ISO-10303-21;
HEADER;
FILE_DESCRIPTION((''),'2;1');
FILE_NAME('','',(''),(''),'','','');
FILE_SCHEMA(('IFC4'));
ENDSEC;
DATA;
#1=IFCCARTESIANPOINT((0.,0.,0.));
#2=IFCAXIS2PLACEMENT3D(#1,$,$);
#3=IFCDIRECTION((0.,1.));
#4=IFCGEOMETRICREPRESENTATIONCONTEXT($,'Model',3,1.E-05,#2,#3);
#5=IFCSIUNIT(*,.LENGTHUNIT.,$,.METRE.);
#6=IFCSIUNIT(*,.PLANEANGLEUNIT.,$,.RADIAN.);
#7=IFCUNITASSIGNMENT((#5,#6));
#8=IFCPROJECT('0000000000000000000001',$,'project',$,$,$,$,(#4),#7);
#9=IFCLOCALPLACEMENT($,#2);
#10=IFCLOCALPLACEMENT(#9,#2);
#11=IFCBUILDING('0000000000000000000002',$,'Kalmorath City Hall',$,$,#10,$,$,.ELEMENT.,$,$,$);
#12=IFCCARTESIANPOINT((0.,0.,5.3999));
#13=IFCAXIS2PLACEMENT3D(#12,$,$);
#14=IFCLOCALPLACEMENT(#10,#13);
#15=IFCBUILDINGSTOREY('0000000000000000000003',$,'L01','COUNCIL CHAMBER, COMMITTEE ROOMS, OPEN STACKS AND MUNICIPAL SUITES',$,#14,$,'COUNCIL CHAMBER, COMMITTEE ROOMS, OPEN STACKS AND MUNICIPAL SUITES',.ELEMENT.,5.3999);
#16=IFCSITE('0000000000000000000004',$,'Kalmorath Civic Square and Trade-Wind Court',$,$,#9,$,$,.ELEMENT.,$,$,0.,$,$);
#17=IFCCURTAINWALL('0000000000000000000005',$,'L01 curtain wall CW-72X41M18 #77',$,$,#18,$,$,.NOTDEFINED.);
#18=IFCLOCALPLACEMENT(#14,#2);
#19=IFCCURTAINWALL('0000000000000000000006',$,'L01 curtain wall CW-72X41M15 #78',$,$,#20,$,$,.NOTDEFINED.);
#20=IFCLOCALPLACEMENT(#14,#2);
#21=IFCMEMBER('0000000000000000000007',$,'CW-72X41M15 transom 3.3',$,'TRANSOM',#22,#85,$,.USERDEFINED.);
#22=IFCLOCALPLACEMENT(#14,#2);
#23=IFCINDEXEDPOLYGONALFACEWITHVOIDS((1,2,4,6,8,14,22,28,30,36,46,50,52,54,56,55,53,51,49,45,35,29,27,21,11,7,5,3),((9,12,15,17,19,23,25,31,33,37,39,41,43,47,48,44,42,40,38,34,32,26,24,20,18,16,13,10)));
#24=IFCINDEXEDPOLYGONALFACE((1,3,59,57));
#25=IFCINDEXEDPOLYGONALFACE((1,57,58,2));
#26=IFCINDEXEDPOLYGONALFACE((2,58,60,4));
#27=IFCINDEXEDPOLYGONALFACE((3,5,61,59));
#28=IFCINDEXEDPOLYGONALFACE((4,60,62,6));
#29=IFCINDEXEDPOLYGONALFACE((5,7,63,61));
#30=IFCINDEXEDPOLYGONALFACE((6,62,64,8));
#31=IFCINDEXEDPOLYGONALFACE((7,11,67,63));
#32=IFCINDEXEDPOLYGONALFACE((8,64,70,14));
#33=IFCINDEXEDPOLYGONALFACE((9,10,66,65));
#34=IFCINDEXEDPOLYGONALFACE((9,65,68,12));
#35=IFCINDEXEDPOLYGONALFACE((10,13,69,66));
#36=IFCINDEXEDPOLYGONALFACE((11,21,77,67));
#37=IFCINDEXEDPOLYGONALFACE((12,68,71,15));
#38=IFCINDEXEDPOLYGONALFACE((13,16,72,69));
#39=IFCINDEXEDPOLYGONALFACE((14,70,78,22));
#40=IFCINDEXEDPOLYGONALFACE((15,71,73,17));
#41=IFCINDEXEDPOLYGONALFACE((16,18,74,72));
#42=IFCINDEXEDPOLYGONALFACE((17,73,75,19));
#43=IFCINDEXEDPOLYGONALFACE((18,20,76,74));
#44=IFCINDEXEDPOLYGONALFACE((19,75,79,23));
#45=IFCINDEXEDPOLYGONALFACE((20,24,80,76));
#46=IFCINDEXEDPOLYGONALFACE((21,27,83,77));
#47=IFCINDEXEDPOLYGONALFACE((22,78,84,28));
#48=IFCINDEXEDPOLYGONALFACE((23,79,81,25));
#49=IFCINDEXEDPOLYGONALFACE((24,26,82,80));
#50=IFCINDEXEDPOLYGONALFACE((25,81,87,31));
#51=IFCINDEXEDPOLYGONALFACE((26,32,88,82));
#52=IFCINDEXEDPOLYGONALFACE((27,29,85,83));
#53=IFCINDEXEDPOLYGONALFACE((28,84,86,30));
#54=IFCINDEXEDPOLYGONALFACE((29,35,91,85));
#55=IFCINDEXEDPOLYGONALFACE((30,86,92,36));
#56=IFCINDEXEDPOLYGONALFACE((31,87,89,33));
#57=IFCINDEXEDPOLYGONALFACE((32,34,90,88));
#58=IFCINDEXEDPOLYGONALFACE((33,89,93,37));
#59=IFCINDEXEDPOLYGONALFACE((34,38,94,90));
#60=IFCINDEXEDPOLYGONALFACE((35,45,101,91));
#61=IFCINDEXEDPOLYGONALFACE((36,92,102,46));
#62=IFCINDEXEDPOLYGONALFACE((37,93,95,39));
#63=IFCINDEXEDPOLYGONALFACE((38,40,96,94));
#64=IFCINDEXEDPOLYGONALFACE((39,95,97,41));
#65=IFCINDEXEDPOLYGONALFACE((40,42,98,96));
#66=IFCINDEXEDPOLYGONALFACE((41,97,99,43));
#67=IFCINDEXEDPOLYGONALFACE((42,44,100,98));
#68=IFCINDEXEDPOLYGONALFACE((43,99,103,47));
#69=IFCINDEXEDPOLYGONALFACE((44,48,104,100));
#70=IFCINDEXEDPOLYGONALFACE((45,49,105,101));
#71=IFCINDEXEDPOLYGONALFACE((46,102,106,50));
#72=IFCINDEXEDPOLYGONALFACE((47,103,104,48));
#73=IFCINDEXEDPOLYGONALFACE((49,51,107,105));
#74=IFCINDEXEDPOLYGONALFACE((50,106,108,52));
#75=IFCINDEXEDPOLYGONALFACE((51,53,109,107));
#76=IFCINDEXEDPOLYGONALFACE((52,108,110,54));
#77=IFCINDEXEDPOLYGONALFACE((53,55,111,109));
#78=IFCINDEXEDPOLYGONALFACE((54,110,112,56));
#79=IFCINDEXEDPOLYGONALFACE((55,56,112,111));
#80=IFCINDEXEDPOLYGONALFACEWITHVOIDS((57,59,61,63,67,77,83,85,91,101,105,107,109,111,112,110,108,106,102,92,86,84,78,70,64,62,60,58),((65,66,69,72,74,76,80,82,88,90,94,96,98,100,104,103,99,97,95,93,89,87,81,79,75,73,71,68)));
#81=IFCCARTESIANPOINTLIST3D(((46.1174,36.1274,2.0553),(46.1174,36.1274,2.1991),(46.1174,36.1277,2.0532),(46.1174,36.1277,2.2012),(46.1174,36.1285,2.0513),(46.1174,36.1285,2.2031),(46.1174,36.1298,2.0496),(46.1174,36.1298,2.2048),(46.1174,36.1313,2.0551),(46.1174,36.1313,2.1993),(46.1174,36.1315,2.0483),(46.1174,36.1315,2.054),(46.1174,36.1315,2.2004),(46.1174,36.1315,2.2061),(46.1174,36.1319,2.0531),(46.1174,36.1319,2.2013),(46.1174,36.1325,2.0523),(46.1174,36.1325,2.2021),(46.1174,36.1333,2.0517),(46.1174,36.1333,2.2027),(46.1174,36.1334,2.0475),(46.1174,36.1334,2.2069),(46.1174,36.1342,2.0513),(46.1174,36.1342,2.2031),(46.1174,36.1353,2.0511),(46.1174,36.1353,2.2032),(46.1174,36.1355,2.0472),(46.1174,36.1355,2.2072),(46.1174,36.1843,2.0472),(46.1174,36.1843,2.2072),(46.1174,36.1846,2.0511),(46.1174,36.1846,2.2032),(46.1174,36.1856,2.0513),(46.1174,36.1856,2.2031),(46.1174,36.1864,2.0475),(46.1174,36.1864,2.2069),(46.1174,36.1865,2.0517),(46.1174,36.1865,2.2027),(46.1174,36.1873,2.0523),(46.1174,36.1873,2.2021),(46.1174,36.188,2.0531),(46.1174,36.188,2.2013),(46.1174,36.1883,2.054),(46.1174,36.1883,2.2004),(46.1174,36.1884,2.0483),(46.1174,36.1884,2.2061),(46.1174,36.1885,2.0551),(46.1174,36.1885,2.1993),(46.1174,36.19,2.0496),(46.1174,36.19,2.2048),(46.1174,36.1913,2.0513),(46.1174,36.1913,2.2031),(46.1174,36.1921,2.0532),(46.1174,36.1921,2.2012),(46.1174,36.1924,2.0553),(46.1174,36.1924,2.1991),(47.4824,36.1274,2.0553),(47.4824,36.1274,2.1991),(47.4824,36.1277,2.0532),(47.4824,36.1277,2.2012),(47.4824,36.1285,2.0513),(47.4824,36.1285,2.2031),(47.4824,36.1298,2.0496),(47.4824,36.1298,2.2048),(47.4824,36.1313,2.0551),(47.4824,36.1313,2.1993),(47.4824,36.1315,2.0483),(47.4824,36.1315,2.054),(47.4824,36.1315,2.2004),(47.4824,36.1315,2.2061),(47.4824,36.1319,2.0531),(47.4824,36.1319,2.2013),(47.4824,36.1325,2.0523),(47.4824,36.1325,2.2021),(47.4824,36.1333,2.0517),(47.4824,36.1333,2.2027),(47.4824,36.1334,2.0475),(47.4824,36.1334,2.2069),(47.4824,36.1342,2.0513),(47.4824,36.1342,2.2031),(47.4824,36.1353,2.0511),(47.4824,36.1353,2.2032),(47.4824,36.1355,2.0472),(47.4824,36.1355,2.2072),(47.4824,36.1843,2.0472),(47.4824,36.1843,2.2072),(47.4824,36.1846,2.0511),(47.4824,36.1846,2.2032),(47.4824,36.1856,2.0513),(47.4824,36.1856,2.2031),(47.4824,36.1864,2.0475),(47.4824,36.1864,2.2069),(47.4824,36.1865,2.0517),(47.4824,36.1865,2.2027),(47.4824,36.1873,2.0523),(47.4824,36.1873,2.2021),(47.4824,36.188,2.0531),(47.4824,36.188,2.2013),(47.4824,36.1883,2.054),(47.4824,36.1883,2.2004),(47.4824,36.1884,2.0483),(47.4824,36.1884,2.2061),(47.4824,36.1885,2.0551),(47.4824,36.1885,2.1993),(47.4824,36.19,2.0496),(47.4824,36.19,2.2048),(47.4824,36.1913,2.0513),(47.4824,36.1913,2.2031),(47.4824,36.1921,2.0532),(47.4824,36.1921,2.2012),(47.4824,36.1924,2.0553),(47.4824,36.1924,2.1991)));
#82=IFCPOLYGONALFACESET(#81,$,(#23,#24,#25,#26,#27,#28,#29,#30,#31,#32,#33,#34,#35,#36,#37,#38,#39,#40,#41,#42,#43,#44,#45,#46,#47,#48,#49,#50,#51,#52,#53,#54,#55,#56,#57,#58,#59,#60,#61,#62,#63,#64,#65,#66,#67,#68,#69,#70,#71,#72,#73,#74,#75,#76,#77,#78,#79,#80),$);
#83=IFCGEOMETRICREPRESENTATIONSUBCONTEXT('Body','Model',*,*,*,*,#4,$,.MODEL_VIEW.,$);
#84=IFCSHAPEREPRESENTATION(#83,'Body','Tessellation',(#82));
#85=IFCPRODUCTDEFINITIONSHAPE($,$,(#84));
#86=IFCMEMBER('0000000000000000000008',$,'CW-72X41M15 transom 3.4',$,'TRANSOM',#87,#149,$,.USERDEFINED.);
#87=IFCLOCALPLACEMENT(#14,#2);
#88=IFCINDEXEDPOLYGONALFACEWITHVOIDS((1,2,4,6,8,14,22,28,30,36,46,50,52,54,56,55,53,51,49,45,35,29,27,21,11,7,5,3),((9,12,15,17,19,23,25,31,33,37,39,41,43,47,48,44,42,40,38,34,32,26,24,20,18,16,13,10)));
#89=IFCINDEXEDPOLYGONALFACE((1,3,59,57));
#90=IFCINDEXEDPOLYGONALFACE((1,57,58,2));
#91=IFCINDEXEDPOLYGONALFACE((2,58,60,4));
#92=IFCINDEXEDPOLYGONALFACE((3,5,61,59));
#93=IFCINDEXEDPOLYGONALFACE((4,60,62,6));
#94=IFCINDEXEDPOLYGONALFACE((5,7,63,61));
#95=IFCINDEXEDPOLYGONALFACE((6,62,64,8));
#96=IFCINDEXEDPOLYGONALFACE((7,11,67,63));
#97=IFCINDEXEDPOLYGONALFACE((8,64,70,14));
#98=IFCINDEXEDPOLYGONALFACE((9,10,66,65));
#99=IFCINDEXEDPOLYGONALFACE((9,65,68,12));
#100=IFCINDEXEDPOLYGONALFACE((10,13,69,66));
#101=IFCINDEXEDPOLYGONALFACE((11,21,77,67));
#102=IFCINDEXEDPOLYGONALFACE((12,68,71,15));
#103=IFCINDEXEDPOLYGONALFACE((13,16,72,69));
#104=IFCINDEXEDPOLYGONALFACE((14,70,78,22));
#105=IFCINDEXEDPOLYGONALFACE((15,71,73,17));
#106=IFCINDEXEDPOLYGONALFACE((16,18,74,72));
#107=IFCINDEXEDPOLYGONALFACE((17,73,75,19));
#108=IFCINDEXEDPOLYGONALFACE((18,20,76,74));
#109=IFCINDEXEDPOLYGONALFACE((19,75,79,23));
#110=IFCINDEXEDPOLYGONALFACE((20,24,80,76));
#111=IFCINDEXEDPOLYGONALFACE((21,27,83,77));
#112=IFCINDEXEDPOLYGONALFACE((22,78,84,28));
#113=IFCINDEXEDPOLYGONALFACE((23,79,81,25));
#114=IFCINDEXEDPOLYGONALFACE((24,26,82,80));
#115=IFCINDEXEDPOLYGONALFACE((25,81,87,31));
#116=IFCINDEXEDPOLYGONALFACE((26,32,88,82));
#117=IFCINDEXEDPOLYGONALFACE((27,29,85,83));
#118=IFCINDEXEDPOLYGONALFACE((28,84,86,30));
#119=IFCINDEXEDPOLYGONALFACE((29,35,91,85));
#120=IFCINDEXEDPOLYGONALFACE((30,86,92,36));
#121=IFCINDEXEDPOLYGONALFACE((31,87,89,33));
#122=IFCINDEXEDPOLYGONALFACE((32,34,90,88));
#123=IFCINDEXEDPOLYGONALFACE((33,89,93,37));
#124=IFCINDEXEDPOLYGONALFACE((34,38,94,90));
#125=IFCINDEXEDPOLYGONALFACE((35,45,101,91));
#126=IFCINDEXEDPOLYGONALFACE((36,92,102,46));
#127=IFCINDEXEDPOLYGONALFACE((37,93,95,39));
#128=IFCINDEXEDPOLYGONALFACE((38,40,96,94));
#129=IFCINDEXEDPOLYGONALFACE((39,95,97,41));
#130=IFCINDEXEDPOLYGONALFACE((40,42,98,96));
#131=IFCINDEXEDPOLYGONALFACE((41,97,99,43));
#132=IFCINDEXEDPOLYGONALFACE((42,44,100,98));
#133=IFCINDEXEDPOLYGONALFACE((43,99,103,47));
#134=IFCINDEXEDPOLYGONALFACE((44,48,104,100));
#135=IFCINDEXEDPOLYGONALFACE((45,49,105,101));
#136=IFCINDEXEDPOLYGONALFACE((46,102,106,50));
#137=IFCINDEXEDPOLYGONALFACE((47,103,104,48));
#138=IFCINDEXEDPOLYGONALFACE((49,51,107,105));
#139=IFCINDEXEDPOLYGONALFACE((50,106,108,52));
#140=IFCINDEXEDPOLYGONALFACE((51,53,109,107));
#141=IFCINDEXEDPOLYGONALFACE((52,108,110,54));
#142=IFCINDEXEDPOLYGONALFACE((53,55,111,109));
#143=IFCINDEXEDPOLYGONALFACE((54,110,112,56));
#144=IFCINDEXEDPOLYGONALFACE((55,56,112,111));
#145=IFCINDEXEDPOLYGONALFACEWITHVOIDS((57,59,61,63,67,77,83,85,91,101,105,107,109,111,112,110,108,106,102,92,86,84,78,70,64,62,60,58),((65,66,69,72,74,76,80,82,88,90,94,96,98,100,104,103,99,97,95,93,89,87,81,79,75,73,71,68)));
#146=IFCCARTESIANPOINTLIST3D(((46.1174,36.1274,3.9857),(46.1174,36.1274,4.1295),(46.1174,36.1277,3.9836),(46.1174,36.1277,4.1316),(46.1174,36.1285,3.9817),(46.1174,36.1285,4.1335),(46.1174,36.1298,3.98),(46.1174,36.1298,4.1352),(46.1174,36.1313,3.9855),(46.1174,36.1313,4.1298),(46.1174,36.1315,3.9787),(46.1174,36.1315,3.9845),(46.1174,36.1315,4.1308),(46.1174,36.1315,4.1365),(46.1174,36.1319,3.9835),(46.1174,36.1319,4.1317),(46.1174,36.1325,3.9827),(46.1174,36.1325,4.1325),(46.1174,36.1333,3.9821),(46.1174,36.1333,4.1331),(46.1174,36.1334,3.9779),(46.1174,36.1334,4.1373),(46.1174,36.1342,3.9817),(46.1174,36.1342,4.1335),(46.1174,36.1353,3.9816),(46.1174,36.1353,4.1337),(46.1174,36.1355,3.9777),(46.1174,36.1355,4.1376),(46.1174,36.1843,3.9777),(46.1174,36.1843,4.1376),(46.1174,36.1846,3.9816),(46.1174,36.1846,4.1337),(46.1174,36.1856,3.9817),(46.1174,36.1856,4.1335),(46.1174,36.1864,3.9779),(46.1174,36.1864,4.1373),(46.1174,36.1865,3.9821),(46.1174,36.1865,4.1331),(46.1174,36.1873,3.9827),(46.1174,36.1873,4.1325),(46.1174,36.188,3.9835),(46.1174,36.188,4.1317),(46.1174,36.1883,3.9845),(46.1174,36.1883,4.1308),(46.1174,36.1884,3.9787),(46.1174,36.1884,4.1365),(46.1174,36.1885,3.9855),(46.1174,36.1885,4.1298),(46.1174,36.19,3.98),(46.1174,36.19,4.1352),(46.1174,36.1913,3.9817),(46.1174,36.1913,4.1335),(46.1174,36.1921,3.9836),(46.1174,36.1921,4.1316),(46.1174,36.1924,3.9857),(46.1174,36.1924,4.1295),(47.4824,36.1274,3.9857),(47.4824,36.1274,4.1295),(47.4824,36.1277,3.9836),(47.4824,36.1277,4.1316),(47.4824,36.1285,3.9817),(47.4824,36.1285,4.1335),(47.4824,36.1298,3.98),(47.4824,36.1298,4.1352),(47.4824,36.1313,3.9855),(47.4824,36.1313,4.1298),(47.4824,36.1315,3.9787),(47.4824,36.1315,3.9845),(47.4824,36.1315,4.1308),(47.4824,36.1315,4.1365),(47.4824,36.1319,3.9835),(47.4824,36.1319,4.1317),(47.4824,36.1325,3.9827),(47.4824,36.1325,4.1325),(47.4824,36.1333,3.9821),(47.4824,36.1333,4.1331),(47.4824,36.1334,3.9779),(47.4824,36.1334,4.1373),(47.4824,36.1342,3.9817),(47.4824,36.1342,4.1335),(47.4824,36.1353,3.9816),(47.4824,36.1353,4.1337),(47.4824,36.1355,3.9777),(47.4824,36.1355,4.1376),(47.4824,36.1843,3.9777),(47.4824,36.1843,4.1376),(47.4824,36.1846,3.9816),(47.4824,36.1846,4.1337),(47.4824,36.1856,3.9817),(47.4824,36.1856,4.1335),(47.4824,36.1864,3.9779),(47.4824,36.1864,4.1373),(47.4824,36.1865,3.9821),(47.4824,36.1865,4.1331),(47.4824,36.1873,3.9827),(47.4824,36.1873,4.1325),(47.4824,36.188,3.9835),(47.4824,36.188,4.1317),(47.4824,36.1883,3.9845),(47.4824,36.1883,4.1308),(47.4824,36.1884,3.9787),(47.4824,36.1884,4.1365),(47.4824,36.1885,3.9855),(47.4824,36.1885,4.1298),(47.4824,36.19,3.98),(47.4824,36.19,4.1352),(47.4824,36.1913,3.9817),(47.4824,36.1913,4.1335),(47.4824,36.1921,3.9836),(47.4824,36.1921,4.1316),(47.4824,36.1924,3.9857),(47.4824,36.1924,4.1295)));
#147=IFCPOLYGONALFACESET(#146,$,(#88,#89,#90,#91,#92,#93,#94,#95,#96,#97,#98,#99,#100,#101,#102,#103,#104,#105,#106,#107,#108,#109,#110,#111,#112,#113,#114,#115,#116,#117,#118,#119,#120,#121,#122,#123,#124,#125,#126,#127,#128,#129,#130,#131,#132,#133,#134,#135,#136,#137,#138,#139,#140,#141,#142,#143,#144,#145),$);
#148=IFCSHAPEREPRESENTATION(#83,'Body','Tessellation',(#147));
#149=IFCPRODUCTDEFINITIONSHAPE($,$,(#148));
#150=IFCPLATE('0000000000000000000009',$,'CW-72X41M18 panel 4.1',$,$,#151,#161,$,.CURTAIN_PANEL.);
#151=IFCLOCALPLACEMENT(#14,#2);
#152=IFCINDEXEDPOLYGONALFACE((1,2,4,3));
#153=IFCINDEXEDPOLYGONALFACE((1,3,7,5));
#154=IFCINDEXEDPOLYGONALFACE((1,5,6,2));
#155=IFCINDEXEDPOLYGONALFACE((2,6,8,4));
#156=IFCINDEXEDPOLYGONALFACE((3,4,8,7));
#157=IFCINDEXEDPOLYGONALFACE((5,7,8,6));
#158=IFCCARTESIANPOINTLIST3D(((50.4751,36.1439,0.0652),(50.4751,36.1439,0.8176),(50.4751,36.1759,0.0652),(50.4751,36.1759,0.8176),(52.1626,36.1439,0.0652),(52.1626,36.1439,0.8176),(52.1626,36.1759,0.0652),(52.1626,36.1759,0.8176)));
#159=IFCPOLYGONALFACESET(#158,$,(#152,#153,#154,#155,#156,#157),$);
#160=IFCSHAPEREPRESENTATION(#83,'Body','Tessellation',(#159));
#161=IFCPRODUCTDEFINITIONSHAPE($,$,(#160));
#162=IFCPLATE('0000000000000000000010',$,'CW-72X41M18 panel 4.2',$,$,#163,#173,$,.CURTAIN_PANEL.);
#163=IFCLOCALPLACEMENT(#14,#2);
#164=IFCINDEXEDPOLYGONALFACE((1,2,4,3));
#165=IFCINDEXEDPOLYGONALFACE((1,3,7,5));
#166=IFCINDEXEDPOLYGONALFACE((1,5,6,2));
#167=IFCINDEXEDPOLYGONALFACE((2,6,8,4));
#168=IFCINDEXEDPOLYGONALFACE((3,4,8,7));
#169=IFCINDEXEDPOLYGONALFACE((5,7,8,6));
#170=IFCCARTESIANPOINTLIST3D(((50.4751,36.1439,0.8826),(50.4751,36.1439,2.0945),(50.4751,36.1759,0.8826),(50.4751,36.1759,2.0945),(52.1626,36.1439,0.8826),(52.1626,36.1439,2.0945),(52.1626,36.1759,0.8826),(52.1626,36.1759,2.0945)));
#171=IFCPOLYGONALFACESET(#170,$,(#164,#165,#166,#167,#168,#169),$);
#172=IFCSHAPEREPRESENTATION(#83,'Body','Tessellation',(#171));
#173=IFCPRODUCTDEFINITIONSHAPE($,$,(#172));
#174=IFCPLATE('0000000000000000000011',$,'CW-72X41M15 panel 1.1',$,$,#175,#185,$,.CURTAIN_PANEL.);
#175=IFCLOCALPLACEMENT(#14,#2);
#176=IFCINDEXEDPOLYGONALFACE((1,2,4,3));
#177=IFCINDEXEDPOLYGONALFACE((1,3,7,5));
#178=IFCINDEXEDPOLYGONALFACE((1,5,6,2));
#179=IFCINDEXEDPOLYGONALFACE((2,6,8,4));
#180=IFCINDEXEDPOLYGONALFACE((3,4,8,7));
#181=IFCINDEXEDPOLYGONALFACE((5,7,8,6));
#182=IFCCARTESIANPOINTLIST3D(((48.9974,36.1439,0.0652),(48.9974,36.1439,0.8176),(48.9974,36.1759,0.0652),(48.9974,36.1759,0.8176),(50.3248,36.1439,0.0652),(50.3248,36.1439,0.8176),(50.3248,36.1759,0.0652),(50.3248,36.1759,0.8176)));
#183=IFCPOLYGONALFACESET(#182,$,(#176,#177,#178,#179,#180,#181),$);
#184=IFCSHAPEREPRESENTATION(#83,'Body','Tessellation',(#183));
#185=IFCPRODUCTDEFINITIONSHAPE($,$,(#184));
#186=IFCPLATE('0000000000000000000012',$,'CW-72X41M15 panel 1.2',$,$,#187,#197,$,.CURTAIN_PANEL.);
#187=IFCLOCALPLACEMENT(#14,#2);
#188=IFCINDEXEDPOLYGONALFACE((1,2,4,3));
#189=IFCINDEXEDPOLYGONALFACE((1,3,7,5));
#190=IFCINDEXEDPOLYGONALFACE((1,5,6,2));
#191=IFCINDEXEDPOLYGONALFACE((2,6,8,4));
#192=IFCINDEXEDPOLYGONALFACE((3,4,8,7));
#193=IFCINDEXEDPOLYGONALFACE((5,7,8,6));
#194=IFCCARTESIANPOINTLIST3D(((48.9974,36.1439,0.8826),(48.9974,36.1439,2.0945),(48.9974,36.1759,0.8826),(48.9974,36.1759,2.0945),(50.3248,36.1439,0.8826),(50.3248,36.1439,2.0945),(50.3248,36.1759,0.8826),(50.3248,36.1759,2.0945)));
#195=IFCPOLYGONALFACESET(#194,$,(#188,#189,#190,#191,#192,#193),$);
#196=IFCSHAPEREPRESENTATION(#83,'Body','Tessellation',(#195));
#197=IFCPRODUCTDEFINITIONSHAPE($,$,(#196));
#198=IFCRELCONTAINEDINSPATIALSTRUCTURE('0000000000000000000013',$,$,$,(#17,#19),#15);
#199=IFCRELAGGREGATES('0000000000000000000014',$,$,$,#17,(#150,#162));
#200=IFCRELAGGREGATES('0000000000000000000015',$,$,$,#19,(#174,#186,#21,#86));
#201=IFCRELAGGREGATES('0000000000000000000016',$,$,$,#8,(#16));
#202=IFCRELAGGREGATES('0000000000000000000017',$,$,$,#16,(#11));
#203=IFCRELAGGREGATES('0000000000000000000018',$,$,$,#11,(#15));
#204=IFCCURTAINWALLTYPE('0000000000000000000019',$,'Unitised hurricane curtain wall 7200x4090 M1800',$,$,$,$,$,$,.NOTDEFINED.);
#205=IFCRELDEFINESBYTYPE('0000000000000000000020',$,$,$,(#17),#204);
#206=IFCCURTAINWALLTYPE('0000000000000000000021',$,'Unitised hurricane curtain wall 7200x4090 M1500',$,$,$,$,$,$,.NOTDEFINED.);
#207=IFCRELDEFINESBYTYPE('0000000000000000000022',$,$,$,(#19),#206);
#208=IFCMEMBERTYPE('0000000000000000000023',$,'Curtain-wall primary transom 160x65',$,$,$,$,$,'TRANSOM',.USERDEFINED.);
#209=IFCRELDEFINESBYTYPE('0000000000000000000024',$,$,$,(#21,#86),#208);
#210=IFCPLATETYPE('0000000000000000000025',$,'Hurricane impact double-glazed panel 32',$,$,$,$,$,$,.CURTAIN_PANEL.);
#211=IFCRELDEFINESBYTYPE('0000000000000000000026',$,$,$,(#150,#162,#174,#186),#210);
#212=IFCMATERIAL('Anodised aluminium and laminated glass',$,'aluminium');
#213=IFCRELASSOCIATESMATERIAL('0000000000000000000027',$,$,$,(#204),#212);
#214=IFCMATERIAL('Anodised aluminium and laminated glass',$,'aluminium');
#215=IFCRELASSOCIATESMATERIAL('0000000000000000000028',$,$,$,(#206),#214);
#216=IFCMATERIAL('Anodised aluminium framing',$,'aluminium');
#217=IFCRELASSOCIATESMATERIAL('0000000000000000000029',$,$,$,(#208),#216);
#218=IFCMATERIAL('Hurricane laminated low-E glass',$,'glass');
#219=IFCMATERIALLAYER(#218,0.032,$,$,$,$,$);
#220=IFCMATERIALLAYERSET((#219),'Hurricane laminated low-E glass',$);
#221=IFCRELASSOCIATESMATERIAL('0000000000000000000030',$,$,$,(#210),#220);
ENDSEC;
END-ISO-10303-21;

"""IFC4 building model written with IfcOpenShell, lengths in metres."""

from ifc_helpers import new_model, si_unit, direction, frame, origin, origin_2d, place, context, subcontext, project, spatial, rectangle, hollow_rectangle, extrude, material, layer, layer_set, material_profile, profile_set, type_object, element, aggregate, save


model = new_model("IFC4")

# Units and contexts
model_context = context("Model", 3, precision=1e-05, world=origin(), true_north=direction((0.0, 1.0)))
body_context = subcontext(model_context, "Body", "Model", "MODEL_VIEW")
ifc_project = project(units=[si_unit("LENGTHUNIT", "METRE"), si_unit("PLANEANGLEUNIT", "RADIAN")], contexts=[model_context])

# Site, building, storey
site_placement = place(None, origin())
site = spatial("IfcSite", under=ifc_project, at=site_placement, Name="Kalmorath Civic Square and Trade-Wind Court", CompositionType="ELEMENT", RefElevation=0.0)
building_placement = place(site_placement, origin())
building = spatial("IfcBuilding", under=site, at=building_placement, Name="Kalmorath City Hall", CompositionType="ELEMENT")
storey_placement = place(building_placement, frame((0.0, 0.0, 5.3999)))
storey = spatial("IfcBuildingStorey", under=building, at=storey_placement, Name="L01", Description="COUNCIL CHAMBER, COMMITTEE ROOMS, OPEN STACKS AND MUNICIPAL SUITES", LongName="COUNCIL CHAMBER, COMMITTEE ROOMS, OPEN STACKS AND MUNICIPAL SUITES", CompositionType="ELEMENT", Elevation=5.3999)

# Curtain wall
ifc_material_1 = material(Name="Anodised aluminium and laminated glass", Category="aluminium")
curtain_wall_type_1 = type_object("IfcCurtainWallType", Name="Unitised hurricane curtain wall 7200x4090 M1800", PredefinedType="NOTDEFINED", material=ifc_material_1)
curtain_wall_1_placement = place(storey_placement, origin())
curtain_wall_1 = element("IfcCurtainWall", 1, at=curtain_wall_1_placement, inside=storey, type_object=curtain_wall_type_1, Name="L01 curtain wall CW-72X41M18 #77", PredefinedType="NOTDEFINED")

# Curtain wall, members
ifc_material_2 = material(Name="Anodised aluminium and laminated glass", Category="aluminium")
curtain_wall_type_2 = type_object("IfcCurtainWallType", Name="Unitised hurricane curtain wall 7200x4090 M1500", PredefinedType="NOTDEFINED", material=ifc_material_2)
curtain_wall_2_placement = place(storey_placement, origin())
curtain_wall_2 = element("IfcCurtainWall", 2, at=curtain_wall_2_placement, inside=storey, type_object=curtain_wall_type_2, Name="L01 curtain wall CW-72X41M15 #78", PredefinedType="NOTDEFINED")
ifc_material_3 = material(Name="Anodised aluminium framing", Category="aluminium")
ifc_material_profile_1 = material_profile(ifc_material_3, hollow_rectangle(XDim=0.0649, YDim=0.1599, WallThickness=0.0039, InnerFilletRadius=0.0039, OuterFilletRadius=0.0081, at=origin_2d()), Name="ALU-TRN-160X65X4")
ifc_profile_set_1 = profile_set([ifc_material_profile_1], Name="Anodised aluminium framing")
member_type_1 = type_object("IfcMemberType", Name="Curtain-wall primary transom 160x65", ElementType="TRANSOM", PredefinedType="USERDEFINED", material=ifc_profile_set_1)
member_1_placement = place(storey_placement, frame((47.4824, 36.1599, 2.1272), z_axis=(-1.0, 0.0, 0.0), x_axis=(0.0, -1.0, 0.0)))
member_1 = element("IfcMember", 3, at=member_1_placement, type_object=member_type_1, Name="CW-72X41M15 transom 3.3", ObjectType="TRANSOM", PredefinedType="USERDEFINED", context=body_context, shape_type="SweptSolid", body=[
    extrude(hollow_rectangle(XDim=0.0649, YDim=0.1599, WallThickness=0.0039, InnerFilletRadius=0.0039, OuterFilletRadius=0.0081, at=origin_2d()), origin(), (0.0, 0.0, 1.0), 1.365),
])
member_2_placement = place(storey_placement, frame((47.4824, 36.1599, 4.0576), z_axis=(-1.0, 0.0, 0.0), x_axis=(0.0, -1.0, 0.0)))
member_2 = element("IfcMember", 4, at=member_2_placement, type_object=member_type_1, Name="CW-72X41M15 transom 3.4", ObjectType="TRANSOM", PredefinedType="USERDEFINED", context=body_context, shape_type="SweptSolid", body=[
    extrude(hollow_rectangle(XDim=0.0649, YDim=0.1599, WallThickness=0.0039, InnerFilletRadius=0.0039, OuterFilletRadius=0.0081, at=origin_2d()), origin(), (0.0, 0.0, 1.0), 1.365),
])

# Plates
ifc_material_4 = material(Name="Hurricane laminated low-E glass", Category="glass")
ifc_layer = layer(ifc_material_4, 0.032)
ifc_layer_set = layer_set([ifc_layer], Name="Hurricane laminated low-E glass")
plate_type = type_object("IfcPlateType", Name="Hurricane impact double-glazed panel 32", PredefinedType="CURTAIN_PANEL", material=ifc_layer_set)
plate_1_placement = place(storey_placement, frame((51.3188, 36.1599, 0.0652), z_axis=(0.0, 0.0, 1.0), x_axis=(-1.0, 0.0, 0.0)))
plate_1 = element("IfcPlate", 5, at=plate_1_placement, type_object=plate_type, Name="CW-72X41M18 panel 4.1", PredefinedType="CURTAIN_PANEL", context=body_context, shape_type="SweptSolid", body=[
    extrude(rectangle(XDim=1.6875, YDim=0.032, at=origin_2d()), origin(), (0.0, 0.0, 1.0), 0.7524),
])
plate_2_placement = place(storey_placement, frame((51.3188, 36.1599, 0.8826), z_axis=(0.0, 0.0, 1.0), x_axis=(-1.0, 0.0, 0.0)))
plate_2 = element("IfcPlate", 6, at=plate_2_placement, type_object=plate_type, Name="CW-72X41M18 panel 4.2", PredefinedType="CURTAIN_PANEL", context=body_context, shape_type="SweptSolid", body=[
    extrude(rectangle(XDim=1.6875, YDim=0.032, at=origin_2d()), origin(), (0.0, 0.0, 1.0), 1.2119),
])
aggregate(curtain_wall_1, [plate_1, plate_2])
plate_3_placement = place(storey_placement, frame((49.6611, 36.1599, 0.0652), z_axis=(0.0, 0.0, 1.0), x_axis=(-1.0, 0.0, 0.0)))
plate_3 = element("IfcPlate", 7, at=plate_3_placement, type_object=plate_type, Name="CW-72X41M15 panel 1.1", PredefinedType="CURTAIN_PANEL", context=body_context, shape_type="SweptSolid", body=[
    extrude(rectangle(XDim=1.3274, YDim=0.032, at=origin_2d()), origin(), (0.0, 0.0, 1.0), 0.7524),
])
plate_4_placement = place(storey_placement, frame((49.6611, 36.1599, 0.8826), z_axis=(0.0, 0.0, 1.0), x_axis=(-1.0, 0.0, 0.0)))
plate_4 = element("IfcPlate", 8, at=plate_4_placement, type_object=plate_type, Name="CW-72X41M15 panel 1.2", PredefinedType="CURTAIN_PANEL", context=body_context, shape_type="SweptSolid", body=[
    extrude(rectangle(XDim=1.3274, YDim=0.032, at=origin_2d()), origin(), (0.0, 0.0, 1.0), 1.2119),
])
aggregate(curtain_wall_2, [plate_3, plate_4, member_1, member_2])

save(model, "model.ifc")
